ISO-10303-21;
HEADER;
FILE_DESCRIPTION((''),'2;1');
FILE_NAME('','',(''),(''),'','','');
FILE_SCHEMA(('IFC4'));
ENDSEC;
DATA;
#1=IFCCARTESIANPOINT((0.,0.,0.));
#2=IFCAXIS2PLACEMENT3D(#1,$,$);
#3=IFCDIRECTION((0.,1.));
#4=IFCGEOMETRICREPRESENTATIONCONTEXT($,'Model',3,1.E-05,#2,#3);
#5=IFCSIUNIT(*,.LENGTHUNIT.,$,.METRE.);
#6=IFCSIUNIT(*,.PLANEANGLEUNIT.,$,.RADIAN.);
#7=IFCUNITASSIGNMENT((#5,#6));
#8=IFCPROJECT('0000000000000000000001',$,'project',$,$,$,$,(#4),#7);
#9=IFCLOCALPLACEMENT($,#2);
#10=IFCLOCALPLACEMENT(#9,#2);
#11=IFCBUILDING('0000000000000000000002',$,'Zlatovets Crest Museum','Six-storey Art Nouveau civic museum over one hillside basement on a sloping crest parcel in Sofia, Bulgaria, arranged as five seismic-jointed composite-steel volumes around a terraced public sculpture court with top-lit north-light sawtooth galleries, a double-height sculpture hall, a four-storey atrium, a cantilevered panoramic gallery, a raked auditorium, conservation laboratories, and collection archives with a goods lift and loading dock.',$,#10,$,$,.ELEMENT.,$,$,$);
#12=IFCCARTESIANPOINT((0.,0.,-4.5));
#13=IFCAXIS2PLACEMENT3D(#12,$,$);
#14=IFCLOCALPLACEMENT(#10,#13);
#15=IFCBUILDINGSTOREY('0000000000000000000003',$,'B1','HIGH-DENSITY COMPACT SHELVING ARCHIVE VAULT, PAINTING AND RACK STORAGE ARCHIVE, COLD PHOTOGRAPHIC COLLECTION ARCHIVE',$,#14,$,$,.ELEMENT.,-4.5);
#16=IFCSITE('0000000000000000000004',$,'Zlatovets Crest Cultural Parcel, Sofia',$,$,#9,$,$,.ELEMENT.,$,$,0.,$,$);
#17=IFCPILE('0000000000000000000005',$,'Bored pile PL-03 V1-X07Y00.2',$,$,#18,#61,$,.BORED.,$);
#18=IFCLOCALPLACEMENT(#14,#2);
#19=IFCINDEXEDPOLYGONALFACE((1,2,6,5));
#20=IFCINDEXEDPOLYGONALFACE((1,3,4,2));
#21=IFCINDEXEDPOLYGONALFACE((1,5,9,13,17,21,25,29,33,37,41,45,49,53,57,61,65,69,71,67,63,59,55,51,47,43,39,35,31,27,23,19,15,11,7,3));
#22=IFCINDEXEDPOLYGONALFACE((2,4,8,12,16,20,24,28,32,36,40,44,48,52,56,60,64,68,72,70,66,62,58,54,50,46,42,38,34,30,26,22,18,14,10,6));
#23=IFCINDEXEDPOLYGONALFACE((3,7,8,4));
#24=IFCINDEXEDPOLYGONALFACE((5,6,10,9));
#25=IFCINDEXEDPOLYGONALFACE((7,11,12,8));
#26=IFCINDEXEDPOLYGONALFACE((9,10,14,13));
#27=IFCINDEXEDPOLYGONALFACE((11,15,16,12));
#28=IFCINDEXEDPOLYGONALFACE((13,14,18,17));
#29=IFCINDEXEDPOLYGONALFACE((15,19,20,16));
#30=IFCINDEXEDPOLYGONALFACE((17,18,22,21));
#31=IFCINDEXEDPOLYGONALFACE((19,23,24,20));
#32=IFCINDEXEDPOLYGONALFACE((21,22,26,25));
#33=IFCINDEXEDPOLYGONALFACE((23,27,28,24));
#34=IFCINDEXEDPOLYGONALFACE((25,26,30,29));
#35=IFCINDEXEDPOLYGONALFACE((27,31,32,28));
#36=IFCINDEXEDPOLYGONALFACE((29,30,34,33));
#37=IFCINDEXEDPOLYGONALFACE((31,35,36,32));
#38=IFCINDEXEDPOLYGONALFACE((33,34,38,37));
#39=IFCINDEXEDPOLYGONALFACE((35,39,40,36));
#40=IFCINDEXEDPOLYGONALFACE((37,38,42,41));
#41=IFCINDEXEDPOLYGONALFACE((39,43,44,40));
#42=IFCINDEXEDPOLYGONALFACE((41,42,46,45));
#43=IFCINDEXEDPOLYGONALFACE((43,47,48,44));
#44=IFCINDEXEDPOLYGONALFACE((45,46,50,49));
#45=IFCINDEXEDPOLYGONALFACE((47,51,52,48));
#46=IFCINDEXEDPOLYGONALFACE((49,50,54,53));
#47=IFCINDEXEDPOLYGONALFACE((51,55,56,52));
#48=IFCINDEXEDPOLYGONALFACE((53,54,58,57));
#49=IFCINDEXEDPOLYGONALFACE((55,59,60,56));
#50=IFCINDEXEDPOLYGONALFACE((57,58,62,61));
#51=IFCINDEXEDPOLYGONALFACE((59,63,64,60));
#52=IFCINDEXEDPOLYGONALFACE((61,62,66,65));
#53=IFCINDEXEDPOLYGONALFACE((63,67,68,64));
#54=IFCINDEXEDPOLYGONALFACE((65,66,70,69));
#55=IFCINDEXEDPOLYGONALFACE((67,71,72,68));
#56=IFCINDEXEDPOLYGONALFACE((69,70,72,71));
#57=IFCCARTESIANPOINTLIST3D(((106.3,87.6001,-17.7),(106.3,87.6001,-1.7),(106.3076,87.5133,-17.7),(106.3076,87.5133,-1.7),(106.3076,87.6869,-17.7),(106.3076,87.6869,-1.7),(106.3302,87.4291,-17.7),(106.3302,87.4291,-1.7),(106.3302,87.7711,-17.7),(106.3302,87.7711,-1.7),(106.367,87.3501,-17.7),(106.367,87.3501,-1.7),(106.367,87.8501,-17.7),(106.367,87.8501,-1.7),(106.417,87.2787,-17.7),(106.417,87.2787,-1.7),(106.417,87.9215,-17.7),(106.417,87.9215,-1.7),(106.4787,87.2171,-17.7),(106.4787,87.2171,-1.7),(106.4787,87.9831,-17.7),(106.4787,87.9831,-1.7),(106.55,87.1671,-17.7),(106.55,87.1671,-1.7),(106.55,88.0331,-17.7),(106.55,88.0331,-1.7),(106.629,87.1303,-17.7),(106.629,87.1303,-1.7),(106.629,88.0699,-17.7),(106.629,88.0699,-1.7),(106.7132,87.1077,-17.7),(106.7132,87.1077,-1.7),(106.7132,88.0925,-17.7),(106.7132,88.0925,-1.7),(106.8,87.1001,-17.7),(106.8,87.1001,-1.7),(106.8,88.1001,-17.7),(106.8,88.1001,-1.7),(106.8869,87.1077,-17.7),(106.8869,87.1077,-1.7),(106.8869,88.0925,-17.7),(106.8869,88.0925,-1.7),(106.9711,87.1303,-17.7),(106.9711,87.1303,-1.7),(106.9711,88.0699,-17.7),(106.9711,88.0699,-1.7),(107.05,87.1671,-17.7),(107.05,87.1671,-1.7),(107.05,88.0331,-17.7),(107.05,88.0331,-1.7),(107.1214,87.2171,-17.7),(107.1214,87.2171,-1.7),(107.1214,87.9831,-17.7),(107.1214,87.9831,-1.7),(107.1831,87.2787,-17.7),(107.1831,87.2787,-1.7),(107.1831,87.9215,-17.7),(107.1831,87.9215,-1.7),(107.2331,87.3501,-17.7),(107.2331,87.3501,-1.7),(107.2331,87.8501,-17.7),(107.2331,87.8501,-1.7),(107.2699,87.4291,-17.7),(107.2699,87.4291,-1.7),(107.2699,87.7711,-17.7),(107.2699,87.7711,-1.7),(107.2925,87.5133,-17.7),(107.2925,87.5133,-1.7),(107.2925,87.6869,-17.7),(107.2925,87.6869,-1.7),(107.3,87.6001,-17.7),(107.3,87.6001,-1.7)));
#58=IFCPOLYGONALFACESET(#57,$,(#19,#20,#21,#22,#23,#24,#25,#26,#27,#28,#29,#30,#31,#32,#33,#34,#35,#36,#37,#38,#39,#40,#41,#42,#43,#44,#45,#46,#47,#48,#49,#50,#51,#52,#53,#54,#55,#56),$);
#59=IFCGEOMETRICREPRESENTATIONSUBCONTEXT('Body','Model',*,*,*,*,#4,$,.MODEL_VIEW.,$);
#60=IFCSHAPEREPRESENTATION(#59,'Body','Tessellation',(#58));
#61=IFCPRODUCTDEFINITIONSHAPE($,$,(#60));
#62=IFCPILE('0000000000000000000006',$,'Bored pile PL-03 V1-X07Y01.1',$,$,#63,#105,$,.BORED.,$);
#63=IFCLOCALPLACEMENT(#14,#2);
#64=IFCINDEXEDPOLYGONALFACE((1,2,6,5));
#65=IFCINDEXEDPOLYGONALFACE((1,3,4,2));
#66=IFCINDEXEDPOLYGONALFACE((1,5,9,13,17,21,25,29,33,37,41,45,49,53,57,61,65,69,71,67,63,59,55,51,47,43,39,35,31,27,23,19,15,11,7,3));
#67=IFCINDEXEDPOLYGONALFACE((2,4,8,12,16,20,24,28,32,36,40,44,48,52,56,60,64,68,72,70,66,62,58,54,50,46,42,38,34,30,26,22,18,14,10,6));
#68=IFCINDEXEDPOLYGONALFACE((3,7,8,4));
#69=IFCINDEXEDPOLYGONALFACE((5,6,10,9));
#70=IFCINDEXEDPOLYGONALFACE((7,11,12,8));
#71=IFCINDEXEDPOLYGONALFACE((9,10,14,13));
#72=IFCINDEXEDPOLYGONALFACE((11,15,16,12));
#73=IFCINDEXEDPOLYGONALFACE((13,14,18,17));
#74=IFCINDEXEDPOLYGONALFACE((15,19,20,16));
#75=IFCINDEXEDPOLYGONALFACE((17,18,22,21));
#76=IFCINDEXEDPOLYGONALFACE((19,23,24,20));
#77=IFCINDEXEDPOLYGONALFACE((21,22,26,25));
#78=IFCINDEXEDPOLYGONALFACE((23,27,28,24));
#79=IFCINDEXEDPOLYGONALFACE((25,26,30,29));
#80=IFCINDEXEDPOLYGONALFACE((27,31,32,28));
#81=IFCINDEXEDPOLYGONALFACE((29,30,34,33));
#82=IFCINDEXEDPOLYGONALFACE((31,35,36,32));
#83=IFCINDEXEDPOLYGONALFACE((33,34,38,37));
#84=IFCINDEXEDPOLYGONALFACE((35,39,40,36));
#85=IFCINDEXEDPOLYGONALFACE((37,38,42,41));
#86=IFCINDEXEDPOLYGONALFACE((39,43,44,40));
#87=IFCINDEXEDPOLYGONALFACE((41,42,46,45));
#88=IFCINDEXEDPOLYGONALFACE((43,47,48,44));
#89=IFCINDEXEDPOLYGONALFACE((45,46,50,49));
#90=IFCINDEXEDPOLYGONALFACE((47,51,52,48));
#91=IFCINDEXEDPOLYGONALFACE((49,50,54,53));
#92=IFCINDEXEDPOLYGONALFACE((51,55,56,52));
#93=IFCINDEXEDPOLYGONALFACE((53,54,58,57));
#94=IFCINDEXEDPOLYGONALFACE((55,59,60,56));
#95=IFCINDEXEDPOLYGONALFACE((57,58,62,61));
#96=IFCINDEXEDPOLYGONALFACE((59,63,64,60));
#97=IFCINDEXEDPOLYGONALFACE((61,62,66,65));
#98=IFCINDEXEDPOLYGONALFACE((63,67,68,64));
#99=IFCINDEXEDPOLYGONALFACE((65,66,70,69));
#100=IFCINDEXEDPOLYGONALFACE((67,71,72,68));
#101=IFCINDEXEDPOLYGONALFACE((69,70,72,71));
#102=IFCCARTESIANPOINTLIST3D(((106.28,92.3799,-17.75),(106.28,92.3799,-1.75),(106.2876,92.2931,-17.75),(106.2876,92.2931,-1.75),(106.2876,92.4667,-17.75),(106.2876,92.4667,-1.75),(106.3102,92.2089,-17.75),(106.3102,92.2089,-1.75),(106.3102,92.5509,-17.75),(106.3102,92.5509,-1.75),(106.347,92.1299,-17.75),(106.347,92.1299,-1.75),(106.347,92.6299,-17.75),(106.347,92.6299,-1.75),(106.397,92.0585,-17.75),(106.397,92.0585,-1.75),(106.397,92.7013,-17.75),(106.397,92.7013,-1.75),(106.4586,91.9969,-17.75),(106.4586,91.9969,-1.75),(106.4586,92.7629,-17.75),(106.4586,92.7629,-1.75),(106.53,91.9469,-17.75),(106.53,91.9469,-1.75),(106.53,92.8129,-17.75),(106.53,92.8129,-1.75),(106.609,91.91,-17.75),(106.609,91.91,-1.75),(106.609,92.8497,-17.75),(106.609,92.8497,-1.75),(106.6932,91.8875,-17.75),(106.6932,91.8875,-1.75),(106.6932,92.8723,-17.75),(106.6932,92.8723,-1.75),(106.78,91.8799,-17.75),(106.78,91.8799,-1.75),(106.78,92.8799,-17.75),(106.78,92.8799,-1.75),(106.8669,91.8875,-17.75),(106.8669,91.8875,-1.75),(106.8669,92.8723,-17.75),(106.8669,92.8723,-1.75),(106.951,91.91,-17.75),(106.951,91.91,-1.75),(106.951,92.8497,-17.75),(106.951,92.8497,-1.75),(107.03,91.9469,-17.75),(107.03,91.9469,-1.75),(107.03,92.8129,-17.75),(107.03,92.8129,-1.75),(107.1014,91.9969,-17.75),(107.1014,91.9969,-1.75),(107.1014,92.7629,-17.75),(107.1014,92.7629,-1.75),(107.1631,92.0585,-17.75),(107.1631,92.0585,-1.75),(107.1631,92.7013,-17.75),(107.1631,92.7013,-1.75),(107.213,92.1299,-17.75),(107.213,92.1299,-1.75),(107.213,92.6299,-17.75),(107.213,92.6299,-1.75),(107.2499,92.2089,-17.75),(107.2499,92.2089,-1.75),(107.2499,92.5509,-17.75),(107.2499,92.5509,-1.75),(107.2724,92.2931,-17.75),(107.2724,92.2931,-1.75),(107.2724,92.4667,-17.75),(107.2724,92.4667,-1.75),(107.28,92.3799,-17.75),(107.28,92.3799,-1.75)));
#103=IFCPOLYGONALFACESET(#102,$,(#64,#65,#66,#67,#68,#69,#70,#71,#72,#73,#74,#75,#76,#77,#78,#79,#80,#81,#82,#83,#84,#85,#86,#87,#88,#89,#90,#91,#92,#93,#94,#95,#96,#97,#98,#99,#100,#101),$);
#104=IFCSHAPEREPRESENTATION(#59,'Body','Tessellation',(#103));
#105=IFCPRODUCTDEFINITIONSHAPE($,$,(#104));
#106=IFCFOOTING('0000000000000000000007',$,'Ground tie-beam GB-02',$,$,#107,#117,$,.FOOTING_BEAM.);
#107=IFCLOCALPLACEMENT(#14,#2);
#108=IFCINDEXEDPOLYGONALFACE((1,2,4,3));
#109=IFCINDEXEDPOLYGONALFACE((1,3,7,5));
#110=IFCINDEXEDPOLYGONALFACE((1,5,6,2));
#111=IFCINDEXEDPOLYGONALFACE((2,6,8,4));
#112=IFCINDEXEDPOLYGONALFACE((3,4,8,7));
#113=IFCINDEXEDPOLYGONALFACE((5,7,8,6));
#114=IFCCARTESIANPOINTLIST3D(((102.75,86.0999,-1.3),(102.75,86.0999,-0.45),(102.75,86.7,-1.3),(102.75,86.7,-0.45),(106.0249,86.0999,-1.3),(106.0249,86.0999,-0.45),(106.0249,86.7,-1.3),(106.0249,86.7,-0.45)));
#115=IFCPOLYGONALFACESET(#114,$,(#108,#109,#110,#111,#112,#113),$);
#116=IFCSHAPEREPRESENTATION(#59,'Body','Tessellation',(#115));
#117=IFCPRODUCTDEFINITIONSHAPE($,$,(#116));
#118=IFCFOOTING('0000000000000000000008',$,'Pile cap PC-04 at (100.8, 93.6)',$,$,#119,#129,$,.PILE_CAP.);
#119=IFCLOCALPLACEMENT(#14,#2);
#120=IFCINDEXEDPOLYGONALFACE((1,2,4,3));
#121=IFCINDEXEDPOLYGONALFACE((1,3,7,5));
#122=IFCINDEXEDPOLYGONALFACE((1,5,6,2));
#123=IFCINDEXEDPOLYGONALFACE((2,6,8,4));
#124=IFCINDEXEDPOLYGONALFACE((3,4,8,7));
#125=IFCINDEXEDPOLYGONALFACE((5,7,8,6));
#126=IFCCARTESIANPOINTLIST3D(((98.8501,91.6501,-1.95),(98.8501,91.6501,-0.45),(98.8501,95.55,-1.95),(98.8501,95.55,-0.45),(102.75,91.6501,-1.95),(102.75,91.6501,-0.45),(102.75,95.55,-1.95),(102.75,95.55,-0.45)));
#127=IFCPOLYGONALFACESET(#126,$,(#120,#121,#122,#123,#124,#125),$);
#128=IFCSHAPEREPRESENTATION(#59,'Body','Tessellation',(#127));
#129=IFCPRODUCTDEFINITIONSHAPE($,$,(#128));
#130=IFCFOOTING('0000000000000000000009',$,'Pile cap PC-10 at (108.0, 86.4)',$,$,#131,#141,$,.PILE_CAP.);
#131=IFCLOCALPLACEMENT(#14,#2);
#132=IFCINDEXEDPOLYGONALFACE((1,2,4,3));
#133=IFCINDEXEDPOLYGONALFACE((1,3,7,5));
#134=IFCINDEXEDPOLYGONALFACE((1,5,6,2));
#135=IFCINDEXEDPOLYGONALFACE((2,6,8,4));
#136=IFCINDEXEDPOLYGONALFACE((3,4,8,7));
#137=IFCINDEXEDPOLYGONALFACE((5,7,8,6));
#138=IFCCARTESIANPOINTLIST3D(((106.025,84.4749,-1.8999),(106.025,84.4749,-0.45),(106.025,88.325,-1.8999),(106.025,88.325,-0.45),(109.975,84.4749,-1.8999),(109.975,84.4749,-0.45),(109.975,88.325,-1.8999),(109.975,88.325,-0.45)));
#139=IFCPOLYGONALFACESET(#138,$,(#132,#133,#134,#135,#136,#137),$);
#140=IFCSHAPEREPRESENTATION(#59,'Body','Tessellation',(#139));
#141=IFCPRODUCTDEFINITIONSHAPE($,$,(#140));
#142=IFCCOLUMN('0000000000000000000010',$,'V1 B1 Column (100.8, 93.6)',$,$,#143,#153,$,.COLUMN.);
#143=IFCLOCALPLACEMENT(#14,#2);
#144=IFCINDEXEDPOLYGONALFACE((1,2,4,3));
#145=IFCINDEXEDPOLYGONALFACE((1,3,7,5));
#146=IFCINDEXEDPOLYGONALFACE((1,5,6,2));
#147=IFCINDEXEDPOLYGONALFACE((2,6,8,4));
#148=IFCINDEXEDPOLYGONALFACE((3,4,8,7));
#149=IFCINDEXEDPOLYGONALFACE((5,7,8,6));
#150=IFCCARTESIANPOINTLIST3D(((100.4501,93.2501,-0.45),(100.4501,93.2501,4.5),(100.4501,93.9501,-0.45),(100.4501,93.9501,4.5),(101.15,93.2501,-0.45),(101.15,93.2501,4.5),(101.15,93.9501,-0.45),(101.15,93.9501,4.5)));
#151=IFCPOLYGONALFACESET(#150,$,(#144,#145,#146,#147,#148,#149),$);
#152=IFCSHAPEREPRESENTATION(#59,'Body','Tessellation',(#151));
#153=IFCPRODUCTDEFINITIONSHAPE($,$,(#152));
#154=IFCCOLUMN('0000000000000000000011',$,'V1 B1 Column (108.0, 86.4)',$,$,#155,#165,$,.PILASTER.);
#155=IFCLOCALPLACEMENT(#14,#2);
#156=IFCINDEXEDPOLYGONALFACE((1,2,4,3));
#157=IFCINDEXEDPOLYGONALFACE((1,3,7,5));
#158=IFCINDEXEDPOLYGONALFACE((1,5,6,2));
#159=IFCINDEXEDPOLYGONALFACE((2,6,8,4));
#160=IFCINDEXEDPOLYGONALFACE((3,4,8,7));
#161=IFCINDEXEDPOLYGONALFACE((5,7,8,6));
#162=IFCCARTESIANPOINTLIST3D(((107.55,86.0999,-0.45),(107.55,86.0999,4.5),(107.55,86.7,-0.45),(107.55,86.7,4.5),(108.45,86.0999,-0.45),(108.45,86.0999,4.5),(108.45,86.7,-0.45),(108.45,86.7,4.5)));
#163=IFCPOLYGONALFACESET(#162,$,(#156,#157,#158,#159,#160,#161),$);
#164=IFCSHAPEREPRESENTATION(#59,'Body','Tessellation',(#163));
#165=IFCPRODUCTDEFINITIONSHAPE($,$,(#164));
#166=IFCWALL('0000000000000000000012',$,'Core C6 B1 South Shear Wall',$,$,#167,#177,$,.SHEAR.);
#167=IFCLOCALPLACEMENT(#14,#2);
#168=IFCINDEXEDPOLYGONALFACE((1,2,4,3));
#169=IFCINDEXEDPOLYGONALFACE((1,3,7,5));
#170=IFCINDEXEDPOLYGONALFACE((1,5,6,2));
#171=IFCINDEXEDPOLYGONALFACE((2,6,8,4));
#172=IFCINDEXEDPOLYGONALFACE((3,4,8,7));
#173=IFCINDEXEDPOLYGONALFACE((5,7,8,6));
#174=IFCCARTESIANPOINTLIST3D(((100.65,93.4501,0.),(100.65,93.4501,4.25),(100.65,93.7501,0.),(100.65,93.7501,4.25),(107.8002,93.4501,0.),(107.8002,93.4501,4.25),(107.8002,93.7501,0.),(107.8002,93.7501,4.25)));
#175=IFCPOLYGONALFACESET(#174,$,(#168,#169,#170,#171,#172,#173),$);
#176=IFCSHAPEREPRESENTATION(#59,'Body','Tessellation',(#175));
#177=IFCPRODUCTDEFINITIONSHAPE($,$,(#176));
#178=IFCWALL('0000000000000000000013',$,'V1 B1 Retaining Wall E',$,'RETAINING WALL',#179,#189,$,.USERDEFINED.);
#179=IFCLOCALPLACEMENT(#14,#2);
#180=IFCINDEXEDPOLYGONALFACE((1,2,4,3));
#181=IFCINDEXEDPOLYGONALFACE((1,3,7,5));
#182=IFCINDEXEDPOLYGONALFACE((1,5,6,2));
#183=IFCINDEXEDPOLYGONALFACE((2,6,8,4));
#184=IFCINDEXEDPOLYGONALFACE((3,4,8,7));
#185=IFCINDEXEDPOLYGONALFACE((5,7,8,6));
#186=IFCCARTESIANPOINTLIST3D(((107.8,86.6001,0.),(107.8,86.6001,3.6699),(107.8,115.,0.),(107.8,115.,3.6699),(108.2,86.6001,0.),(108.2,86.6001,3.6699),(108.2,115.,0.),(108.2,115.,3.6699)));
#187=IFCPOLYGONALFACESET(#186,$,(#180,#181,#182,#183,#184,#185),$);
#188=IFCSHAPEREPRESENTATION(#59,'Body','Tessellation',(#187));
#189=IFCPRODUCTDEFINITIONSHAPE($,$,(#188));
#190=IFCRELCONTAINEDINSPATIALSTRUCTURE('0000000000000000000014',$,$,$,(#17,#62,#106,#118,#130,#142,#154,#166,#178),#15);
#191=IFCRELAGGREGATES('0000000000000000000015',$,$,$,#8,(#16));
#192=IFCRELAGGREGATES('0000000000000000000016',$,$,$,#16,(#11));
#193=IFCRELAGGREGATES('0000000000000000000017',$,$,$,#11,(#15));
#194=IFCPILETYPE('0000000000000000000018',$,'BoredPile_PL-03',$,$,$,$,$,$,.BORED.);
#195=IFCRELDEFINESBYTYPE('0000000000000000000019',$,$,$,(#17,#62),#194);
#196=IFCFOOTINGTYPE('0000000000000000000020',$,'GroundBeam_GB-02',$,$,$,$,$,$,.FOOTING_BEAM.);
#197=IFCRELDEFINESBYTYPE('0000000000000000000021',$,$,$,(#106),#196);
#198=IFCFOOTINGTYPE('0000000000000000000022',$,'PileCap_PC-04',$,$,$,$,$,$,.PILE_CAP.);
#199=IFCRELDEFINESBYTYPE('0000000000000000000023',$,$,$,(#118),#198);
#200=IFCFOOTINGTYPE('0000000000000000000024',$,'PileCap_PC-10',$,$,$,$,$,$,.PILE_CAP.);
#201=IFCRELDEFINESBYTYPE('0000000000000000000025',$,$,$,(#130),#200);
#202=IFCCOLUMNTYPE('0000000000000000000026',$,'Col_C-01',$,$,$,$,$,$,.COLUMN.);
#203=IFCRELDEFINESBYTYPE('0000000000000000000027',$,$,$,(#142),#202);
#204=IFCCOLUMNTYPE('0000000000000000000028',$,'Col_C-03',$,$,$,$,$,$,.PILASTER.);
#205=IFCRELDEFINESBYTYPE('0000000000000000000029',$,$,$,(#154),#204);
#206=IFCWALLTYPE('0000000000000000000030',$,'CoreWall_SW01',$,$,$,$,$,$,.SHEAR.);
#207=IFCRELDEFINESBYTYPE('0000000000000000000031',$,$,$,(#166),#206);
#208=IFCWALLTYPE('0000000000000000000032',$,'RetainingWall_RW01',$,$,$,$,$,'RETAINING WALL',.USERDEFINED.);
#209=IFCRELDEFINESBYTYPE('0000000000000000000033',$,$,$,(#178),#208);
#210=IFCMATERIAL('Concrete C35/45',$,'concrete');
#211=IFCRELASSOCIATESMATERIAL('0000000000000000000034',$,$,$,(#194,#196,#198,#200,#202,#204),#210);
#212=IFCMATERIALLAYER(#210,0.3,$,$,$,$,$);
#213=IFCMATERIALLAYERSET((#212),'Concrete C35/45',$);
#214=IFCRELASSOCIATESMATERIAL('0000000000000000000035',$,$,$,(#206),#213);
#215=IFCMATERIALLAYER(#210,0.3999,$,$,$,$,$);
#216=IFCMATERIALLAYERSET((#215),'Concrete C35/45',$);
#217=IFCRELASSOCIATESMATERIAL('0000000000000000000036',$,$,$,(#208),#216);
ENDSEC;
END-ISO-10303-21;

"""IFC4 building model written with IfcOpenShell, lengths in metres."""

from ifc_helpers import new_model, si_unit, direction, frame, frame_2d, origin, origin_2d, place, context, subcontext, project, spatial, rectangle, circle, extrude, material, layer, layer_set, material_profile, profile_set, type_object, element, save


model = new_model("IFC4")

# Units and contexts
model_context = context("Model", 3, precision=1e-05, world=origin(), true_north=direction((0.0, 1.0)))
body_context = subcontext(model_context, "Body", "Model", "MODEL_VIEW")
ifc_project = project(units=[si_unit("LENGTHUNIT", "METRE"), si_unit("PLANEANGLEUNIT", "RADIAN")], contexts=[model_context])

# Site, building, storey
site_placement = place(None, origin())
site = spatial("IfcSite", under=ifc_project, at=site_placement, Name="Zlatovets Crest Cultural Parcel, Sofia", CompositionType="ELEMENT", RefElevation=0.0)
building_placement = place(site_placement, origin())
building = spatial("IfcBuilding", under=site, at=building_placement, Name="Zlatovets Crest Museum", Description="Six-storey Art Nouveau civic museum over one hillside basement on a sloping crest parcel in Sofia, Bulgaria, arranged as five seismic-jointed composite-steel volumes around a terraced public sculpture court with top-lit north-light sawtooth galleries, a double-height sculpture hall, a four-storey atrium, a cantilevered panoramic gallery, a raked auditorium, conservation laboratories, and collection archives with a goods lift and loading dock.", CompositionType="ELEMENT")
storey_placement = place(building_placement, frame((0.0, 0.0, -4.5)))
storey = spatial("IfcBuildingStorey", under=building, at=storey_placement, Name="B1", Description="HIGH-DENSITY COMPACT SHELVING ARCHIVE VAULT, PAINTING AND RACK STORAGE ARCHIVE, COLD PHOTOGRAPHIC COLLECTION ARCHIVE", CompositionType="ELEMENT", Elevation=-4.5)

# Piles
ifc_material_1 = material(Name="Concrete C35/45", Category="concrete")
ifc_material_profile_1 = material_profile(ifc_material_1, circle(Radius=0.5, at=origin_2d()), Name="PILE D1000")
ifc_profile_set_1 = profile_set([ifc_material_profile_1], Name="Concrete C35/45")
pile_type = type_object("IfcPileType", Name="BoredPile_PL-03", PredefinedType="BORED", material=ifc_profile_set_1)
for number, where, z_axis, x_axis, name in (
    (1, (106.8, 87.6001, -1.7), (0.0, 0.0, -1.0), (1.0, 0.0, 0.0), "Bored pile PL-03 V1-X07Y00.2"),
    (2, (106.78, 92.3799, -1.75), (0.0, 0.0, -1.0), (1.0, 0.0, 0.0), "Bored pile PL-03 V1-X07Y01.1"),
):
    element("IfcPile", number, at=place(storey_placement, frame(where, z_axis=z_axis, x_axis=x_axis)), inside=storey, type_object=pile_type, Name=name, PredefinedType="BORED", context=body_context, shape_type="SweptSolid", body=[
        extrude(circle(Radius=0.5, at=origin_2d()), origin(), (0.0, 0.0, 1.0), 16.0),
    ])

# Footings
ifc_material_profile_2 = material_profile(ifc_material_1, rectangle(XDim=0.6001, YDim=0.8501, at=origin_2d()), Name="RC 600x850")
ifc_profile_set_2 = profile_set([ifc_material_profile_2], Name="Concrete C35/45")
footing_type_1 = type_object("IfcFootingType", Name="GroundBeam_GB-02", PredefinedType="FOOTING_BEAM", material=ifc_profile_set_2)
footing_1_placement = place(storey_placement, frame((102.75, 86.3999, -0.875), z_axis=(1.0, 0.0, 0.0), x_axis=(0.0, 1.0, 0.0)))
element("IfcFooting", 3, at=footing_1_placement, inside=storey, type_object=footing_type_1, Name="Ground tie-beam GB-02", PredefinedType="FOOTING_BEAM", context=body_context, shape_type="SweptSolid", body=[
    extrude(rectangle(XDim=0.6001, YDim=0.8501, at=origin_2d()), origin(), (0.0, 0.0, 1.0), 3.2749),
])
footing_type_2 = type_object("IfcFootingType", Name="PileCap_PC-04", PredefinedType="PILE_CAP", material=ifc_material_1)
footing_2_placement = place(storey_placement, frame((100.8, 93.6001, -1.95), z_axis=(0.0, 0.0, 1.0), x_axis=(1.0, 0.0, 0.0)))
element("IfcFooting", 4, at=footing_2_placement, inside=storey, type_object=footing_type_2, Name="Pile cap PC-04 at (100.8, 93.6)", PredefinedType="PILE_CAP", context=body_context, shape_type="SweptSolid", body=[
    extrude(rectangle(XDim=3.8999, YDim=3.8999, at=origin_2d()), origin(), (0.0, 0.0, 1.0), 1.5),
])
footing_type_3 = type_object("IfcFootingType", Name="PileCap_PC-10", PredefinedType="PILE_CAP", material=ifc_material_1)
footing_3_placement = place(storey_placement, frame((108.0, 86.3999, -1.8999), z_axis=(0.0, 0.0, 1.0), x_axis=(1.0, 0.0, 0.0)))
element("IfcFooting", 5, at=footing_3_placement, inside=storey, type_object=footing_type_3, Name="Pile cap PC-10 at (108.0, 86.4)", PredefinedType="PILE_CAP", context=body_context, shape_type="SweptSolid", body=[
    extrude(rectangle(XDim=3.95, YDim=3.8501, at=origin_2d()), origin(), (0.0, 0.0, 1.0), 1.45),
])

# Columns
ifc_material_profile_3 = material_profile(ifc_material_1, rectangle(XDim=0.7, YDim=0.7, at=origin_2d()), Name="RC 700x700")
ifc_profile_set_3 = profile_set([ifc_material_profile_3], Name="Concrete C35/45")
column_type_1 = type_object("IfcColumnType", Name="Col_C-01", PredefinedType="COLUMN", material=ifc_profile_set_3)
column_1_placement = place(storey_placement, frame((100.8, 93.6001, -0.45), z_axis=(0.0, 0.0, 1.0), x_axis=(0.0, 1.0, 0.0)))
element("IfcColumn", 6, at=column_1_placement, inside=storey, type_object=column_type_1, Name="V1 B1 Column (100.8, 93.6)", PredefinedType="COLUMN", context=body_context, shape_type="SweptSolid", body=[
    extrude(rectangle(XDim=0.7, YDim=0.7, at=origin_2d()), origin(), (0.0, 0.0, 1.0), 4.95),
])
ifc_material_profile_4 = material_profile(ifc_material_1, rectangle(XDim=0.6001, YDim=0.8999, at=origin_2d()), Name="RC 600x900")
ifc_profile_set_4 = profile_set([ifc_material_profile_4], Name="Concrete C35/45")
column_type_2 = type_object("IfcColumnType", Name="Col_C-03", PredefinedType="PILASTER", material=ifc_profile_set_4)
column_2_placement = place(storey_placement, frame((108.0, 86.3999, -0.45), z_axis=(0.0, 0.0, 1.0), x_axis=(0.0, 1.0, 0.0)))
element("IfcColumn", 7, at=column_2_placement, inside=storey, type_object=column_type_2, Name="V1 B1 Column (108.0, 86.4)", PredefinedType="PILASTER", context=body_context, shape_type="SweptSolid", body=[
    extrude(rectangle(XDim=0.6001, YDim=0.8999, at=origin_2d()), origin(), (0.0, 0.0, 1.0), 4.95),
])

# Wall
ifc_layer_1 = layer(ifc_material_1, 0.3)
ifc_layer_set_1 = layer_set([ifc_layer_1], Name="Concrete C35/45")
wall_type_1 = type_object("IfcWallType", Name="CoreWall_SW01", PredefinedType="SHEAR", material=ifc_layer_set_1)
wall_1_placement = place(storey_placement, frame((100.6499, 93.6001, 0.0), z_axis=(0.0, 0.0, 1.0), x_axis=(1.0, 0.0, 0.0)))
element("IfcWall", 8, at=wall_1_placement, inside=storey, type_object=wall_type_1, Name="Core C6 B1 South Shear Wall", PredefinedType="SHEAR", context=body_context, shape_type="SweptSolid", body=[
    extrude(rectangle(XDim=7.1501, YDim=0.3, at=frame_2d((3.5752, 0.0))), origin(), (0.0, 0.0, 1.0), 4.25),
])

# Wall
ifc_layer_2 = layer(ifc_material_1, 0.3999)
ifc_layer_set_2 = layer_set([ifc_layer_2], Name="Concrete C35/45")
wall_type_2 = type_object("IfcWallType", Name="RetainingWall_RW01", ElementType="RETAINING WALL", PredefinedType="USERDEFINED", material=ifc_layer_set_2)
wall_2_placement = place(storey_placement, frame((108.0, 86.6001, 0.0), z_axis=(0.0, 0.0, 1.0), x_axis=(0.0, 1.0, 0.0)))
element("IfcWall", 9, at=wall_2_placement, inside=storey, type_object=wall_type_2, Name="V1 B1 Retaining Wall E", ObjectType="RETAINING WALL", PredefinedType="USERDEFINED", context=body_context, shape_type="SweptSolid", body=[
    extrude(rectangle(XDim=28.3999, YDim=0.3999, at=frame_2d((14.2, 0.0))), origin(), (0.0, 0.0, 1.0), 3.6699),
])

save(model, "model.ifc")
